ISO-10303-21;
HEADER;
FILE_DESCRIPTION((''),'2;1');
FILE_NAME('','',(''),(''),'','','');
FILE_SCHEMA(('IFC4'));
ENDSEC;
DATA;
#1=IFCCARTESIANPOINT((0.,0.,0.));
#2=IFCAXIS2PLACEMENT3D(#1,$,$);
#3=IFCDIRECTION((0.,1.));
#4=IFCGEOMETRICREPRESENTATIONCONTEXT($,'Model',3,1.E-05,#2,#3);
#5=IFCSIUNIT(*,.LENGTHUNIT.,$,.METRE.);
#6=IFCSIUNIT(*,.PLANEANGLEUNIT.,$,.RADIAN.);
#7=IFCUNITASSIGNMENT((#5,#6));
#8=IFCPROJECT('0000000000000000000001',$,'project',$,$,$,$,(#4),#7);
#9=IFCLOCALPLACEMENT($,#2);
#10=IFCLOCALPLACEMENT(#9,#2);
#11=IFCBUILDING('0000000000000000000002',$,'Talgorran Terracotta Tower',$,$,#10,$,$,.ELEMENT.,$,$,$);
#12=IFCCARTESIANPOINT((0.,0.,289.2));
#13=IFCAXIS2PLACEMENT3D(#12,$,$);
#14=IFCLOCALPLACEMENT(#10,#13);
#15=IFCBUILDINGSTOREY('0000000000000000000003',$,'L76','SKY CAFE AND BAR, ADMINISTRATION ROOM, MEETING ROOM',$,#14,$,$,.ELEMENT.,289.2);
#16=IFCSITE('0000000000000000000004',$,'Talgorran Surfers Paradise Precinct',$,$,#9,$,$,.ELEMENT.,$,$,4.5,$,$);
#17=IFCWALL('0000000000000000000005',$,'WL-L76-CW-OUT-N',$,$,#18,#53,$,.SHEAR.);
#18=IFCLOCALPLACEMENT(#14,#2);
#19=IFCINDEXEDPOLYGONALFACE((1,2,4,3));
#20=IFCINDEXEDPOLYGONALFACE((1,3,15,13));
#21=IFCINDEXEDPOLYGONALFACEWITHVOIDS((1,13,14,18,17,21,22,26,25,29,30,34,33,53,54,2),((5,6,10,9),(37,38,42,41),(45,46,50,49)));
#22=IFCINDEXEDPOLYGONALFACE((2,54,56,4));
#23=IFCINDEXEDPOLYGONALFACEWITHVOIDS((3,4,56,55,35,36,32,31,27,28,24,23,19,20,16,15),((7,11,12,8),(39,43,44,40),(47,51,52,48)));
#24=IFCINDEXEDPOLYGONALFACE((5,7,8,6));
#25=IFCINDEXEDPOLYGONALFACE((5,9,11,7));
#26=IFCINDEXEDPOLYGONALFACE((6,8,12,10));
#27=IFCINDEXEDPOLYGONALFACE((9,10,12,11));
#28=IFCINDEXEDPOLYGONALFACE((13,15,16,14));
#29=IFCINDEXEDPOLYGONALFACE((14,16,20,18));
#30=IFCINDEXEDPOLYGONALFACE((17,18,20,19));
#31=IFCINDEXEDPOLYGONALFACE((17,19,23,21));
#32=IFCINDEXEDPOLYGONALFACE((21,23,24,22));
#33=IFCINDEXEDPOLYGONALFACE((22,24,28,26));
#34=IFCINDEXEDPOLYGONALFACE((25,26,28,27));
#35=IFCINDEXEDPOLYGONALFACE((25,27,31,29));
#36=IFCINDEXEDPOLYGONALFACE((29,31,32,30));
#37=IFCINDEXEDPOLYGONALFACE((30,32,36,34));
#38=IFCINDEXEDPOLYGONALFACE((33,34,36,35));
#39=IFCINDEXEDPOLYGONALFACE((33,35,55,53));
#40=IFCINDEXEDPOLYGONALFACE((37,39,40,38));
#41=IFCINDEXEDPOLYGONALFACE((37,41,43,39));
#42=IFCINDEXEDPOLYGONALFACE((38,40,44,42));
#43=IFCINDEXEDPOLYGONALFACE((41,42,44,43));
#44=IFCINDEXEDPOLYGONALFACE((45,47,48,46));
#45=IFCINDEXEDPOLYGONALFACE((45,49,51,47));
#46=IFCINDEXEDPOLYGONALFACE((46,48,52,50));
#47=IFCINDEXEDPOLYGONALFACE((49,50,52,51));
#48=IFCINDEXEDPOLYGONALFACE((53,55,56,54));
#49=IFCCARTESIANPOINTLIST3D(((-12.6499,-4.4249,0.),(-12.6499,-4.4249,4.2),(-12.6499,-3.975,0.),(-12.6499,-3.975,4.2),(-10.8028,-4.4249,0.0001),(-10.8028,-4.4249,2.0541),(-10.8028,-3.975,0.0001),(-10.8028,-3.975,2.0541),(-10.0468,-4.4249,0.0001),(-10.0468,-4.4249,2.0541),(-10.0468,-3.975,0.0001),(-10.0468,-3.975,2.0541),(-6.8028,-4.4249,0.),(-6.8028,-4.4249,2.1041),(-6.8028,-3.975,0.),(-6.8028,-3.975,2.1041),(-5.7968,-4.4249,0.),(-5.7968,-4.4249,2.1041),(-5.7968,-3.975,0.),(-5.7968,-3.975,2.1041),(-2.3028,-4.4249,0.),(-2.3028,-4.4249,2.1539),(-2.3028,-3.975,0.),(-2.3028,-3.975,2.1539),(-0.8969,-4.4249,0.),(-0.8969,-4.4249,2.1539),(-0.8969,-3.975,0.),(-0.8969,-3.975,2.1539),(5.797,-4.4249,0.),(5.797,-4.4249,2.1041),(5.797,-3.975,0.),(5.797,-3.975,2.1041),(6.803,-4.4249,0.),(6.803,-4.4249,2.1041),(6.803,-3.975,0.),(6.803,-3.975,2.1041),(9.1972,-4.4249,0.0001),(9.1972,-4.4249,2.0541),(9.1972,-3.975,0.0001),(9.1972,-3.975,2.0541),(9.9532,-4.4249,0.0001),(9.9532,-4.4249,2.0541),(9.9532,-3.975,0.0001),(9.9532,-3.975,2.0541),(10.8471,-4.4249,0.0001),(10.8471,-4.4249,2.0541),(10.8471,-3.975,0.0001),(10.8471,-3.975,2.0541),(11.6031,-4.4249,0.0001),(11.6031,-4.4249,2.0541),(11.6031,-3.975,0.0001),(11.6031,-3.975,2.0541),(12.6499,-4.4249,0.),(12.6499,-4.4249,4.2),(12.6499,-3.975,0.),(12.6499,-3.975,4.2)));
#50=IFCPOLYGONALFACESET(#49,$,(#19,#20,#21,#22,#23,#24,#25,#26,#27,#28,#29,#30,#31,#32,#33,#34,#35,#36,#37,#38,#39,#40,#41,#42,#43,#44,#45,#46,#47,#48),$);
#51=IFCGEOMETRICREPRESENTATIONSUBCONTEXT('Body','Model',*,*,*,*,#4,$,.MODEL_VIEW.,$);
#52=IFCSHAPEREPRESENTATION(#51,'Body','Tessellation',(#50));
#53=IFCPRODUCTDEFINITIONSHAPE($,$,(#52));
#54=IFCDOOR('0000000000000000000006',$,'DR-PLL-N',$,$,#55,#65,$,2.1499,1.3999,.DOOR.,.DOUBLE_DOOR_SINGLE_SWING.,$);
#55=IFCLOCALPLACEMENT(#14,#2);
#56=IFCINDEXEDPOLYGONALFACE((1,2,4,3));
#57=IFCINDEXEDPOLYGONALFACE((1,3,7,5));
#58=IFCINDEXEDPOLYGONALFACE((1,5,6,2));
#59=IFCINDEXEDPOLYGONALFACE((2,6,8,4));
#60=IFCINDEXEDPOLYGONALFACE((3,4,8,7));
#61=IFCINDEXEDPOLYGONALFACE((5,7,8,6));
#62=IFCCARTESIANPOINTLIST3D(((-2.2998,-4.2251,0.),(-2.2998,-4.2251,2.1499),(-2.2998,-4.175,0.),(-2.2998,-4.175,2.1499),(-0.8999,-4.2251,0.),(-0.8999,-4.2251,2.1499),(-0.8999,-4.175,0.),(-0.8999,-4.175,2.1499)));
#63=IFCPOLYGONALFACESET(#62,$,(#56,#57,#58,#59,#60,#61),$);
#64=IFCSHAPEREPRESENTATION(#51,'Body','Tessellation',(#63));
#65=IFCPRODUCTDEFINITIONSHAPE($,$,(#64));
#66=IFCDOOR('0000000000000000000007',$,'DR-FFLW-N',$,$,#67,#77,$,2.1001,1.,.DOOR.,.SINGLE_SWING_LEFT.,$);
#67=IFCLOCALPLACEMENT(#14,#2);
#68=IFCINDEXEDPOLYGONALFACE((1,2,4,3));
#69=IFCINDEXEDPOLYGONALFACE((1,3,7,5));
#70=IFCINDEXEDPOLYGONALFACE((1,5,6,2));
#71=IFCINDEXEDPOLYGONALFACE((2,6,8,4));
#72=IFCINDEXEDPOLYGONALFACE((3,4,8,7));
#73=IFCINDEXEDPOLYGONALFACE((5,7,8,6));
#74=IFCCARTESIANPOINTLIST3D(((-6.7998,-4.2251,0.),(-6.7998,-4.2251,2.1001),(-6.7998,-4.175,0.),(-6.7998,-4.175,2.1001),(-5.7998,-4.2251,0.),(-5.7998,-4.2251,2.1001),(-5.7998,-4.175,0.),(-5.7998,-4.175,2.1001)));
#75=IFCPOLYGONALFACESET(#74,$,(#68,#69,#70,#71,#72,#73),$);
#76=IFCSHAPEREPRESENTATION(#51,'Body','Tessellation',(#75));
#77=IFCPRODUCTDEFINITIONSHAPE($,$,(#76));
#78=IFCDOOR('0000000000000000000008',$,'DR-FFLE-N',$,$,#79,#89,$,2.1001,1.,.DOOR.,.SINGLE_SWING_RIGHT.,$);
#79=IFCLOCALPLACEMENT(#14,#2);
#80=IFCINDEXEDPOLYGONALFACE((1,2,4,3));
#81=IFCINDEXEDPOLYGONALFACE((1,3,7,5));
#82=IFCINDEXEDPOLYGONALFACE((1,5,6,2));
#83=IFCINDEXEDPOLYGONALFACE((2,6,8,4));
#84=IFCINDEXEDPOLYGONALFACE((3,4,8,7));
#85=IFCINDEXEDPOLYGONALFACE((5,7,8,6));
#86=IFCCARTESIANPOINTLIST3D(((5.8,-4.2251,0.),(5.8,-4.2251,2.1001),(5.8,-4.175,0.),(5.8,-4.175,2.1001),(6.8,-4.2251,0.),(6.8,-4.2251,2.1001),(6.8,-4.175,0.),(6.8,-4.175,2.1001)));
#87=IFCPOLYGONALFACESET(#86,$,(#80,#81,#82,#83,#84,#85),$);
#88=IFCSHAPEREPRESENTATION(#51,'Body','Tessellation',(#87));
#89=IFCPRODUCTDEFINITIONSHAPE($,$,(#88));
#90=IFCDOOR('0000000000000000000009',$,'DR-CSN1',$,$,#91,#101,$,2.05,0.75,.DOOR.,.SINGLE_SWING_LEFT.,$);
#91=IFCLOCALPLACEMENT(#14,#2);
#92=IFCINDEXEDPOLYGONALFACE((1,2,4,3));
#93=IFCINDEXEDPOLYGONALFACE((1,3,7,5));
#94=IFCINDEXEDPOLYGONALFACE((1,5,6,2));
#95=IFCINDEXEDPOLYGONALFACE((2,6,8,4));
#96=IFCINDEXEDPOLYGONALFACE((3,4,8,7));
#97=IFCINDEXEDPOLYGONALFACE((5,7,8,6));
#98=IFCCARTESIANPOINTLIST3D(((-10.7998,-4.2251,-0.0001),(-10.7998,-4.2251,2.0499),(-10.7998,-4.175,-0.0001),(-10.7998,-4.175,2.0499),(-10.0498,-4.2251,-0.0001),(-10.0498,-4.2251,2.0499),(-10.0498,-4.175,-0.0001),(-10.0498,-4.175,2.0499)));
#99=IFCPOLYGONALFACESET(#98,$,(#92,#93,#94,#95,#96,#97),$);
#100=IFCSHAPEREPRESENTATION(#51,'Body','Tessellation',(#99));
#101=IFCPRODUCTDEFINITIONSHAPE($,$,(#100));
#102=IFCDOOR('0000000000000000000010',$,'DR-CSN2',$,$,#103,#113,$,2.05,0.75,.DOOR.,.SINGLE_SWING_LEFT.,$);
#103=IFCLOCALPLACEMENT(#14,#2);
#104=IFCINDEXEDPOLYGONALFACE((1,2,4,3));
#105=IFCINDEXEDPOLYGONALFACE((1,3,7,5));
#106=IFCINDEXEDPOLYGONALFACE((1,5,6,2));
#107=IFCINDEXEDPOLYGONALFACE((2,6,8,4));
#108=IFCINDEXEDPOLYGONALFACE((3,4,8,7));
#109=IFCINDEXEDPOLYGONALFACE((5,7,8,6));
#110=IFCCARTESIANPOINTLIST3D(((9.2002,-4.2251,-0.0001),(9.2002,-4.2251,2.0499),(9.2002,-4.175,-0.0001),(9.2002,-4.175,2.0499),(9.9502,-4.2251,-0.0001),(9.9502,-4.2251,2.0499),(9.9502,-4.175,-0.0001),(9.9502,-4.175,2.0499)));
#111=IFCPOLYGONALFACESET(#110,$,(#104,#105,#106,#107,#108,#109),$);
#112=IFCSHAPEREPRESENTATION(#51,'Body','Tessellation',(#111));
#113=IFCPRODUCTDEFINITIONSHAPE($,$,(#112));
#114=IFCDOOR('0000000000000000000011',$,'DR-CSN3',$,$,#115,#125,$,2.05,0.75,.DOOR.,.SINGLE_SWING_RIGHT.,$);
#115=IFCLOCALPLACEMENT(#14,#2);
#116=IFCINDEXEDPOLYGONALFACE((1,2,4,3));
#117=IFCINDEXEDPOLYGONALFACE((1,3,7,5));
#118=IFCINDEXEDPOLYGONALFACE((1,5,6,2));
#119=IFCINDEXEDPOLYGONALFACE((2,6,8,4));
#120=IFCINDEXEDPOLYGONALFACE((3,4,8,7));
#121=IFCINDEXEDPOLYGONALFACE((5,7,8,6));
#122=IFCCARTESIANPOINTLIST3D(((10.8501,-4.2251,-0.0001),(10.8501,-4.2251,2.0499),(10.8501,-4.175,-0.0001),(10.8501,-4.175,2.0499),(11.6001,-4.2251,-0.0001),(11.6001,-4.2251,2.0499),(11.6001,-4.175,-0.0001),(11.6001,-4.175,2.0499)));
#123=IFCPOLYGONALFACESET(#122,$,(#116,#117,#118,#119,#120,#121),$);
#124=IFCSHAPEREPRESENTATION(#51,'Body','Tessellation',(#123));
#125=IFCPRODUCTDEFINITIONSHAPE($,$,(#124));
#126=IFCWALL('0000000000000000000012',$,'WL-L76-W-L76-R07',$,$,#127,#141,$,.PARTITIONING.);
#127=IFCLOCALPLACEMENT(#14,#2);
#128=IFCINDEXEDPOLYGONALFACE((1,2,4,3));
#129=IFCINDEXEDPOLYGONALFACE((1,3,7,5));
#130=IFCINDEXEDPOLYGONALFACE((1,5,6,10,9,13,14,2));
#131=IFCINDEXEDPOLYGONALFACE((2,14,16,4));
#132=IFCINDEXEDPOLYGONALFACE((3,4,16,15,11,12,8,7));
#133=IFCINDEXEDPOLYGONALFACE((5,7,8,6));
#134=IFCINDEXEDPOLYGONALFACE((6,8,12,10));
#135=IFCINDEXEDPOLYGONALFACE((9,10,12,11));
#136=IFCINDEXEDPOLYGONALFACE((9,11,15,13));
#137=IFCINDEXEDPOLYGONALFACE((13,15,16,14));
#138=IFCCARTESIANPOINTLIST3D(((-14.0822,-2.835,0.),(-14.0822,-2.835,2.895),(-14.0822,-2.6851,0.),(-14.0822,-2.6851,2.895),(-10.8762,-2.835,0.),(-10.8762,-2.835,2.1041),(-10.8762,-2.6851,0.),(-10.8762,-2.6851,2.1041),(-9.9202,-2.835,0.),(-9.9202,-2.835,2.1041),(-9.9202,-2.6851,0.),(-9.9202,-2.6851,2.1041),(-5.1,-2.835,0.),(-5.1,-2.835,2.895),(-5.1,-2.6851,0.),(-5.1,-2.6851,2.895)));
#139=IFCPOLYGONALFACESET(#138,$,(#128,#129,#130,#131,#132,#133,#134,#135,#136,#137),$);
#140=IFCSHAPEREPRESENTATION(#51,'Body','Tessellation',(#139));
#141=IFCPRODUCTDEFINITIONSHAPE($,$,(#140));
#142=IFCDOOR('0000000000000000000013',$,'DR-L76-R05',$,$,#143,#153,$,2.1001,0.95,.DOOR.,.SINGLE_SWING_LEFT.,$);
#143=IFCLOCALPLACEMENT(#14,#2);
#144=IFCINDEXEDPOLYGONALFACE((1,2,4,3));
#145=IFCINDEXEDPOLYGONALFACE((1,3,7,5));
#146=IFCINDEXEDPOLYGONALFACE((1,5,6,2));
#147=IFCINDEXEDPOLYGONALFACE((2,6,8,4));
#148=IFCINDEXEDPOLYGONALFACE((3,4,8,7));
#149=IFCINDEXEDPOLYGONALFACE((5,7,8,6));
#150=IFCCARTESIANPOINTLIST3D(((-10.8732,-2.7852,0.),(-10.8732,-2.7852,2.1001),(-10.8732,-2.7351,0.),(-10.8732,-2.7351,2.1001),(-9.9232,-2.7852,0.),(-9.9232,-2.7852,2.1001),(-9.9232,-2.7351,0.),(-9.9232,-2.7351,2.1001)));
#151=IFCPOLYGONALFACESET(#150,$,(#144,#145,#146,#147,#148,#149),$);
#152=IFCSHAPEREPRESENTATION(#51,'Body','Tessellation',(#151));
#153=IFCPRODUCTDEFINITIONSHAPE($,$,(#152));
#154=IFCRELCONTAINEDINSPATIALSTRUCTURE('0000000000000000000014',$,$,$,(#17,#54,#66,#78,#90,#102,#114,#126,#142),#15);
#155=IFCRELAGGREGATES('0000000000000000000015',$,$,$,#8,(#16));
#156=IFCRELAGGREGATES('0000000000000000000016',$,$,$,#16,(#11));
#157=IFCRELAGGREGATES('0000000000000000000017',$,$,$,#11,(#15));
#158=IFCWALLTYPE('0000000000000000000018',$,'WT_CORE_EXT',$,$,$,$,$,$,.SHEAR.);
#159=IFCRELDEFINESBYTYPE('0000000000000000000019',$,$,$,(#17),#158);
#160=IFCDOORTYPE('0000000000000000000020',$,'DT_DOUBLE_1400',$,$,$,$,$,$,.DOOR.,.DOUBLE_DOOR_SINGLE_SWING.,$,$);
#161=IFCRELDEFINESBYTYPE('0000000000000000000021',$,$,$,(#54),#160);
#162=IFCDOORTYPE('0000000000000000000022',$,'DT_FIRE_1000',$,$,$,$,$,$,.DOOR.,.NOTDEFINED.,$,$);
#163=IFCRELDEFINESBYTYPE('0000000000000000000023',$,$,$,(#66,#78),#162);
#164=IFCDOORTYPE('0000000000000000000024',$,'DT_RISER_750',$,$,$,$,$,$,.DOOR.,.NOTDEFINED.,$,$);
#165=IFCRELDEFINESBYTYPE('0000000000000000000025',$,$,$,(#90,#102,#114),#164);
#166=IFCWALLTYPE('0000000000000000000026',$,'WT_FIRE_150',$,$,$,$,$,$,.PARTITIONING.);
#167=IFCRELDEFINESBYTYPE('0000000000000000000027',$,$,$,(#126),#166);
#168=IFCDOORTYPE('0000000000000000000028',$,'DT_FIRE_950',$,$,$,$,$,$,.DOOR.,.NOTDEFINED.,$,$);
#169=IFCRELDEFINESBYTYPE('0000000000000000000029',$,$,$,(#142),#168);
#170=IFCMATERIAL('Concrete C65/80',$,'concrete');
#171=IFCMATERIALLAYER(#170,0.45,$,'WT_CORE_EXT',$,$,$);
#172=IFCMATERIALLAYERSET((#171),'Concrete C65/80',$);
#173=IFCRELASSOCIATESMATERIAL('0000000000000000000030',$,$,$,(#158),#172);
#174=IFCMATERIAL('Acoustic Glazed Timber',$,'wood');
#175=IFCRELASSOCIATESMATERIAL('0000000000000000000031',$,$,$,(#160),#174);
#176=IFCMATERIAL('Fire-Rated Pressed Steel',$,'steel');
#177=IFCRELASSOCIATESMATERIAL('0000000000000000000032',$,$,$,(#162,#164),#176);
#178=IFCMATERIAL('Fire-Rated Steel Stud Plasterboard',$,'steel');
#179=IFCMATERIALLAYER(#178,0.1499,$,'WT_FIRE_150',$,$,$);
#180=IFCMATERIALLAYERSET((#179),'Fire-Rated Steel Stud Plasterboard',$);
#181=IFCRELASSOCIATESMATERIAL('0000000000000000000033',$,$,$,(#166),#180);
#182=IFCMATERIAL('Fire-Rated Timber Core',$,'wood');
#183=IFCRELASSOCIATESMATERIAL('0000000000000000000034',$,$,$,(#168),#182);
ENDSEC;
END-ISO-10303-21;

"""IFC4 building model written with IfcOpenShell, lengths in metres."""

from ifc_helpers import new_model, si_unit, direction, frame, frame_2d, origin, place, context, subcontext, project, spatial, rectangle, extrude, material, layer, layer_set, type_object, element, fill, save


model = new_model("IFC4")

# Units and contexts
model_context = context("Model", 3, precision=1e-05, world=origin(), true_north=direction((0.0, 1.0)))
body_context = subcontext(model_context, "Body", "Model", "MODEL_VIEW")
ifc_project = project(units=[si_unit("LENGTHUNIT", "METRE"), si_unit("PLANEANGLEUNIT", "RADIAN")], contexts=[model_context])

# Site, building, storey
site_placement = place(None, origin())
site = spatial("IfcSite", under=ifc_project, at=site_placement, Name="Talgorran Surfers Paradise Precinct", CompositionType="ELEMENT", RefElevation=4.5)
building_placement = place(site_placement, origin())
building = spatial("IfcBuilding", under=site, at=building_placement, Name="Talgorran Terracotta Tower", CompositionType="ELEMENT")
storey_placement = place(building_placement, frame((0.0, 0.0, 289.2)))
storey = spatial("IfcBuildingStorey", under=building, at=storey_placement, Name="L76", Description="SKY CAFE AND BAR, ADMINISTRATION ROOM, MEETING ROOM", CompositionType="ELEMENT", Elevation=289.2)

# Wall, openings, doors
ifc_material_1 = material(Name="Concrete C65/80", Category="concrete")
ifc_layer_1 = layer(ifc_material_1, 0.45, Name="WT_CORE_EXT")
ifc_layer_set_1 = layer_set([ifc_layer_1], Name="Concrete C65/80")
wall_type_1 = type_object("IfcWallType", Name="WT_CORE_EXT", PredefinedType="SHEAR", material=ifc_layer_set_1)
wall_1_placement = place(storey_placement, frame((-12.6499, -4.2, 0.0), z_axis=(0.0, 0.0, 1.0), x_axis=(1.0, 0.0, 0.0)))
wall_1 = element("IfcWall", 1, at=wall_1_placement, inside=storey, type_object=wall_type_1, Name="WL-L76-CW-OUT-N", PredefinedType="SHEAR", context=body_context, shape_type="SweptSolid", body=[
    extrude(rectangle(XDim=25.2998, YDim=0.45, at=frame_2d((12.6499, 0.0))), origin(), (0.0, 0.0, 1.0), 4.2),
])
opening_1_placement = place(wall_1_placement, frame((1.8501, 0.0, 0.0)))
opening_1 = element("IfcOpeningElement", 2, at=opening_1_placement, cuts=wall_1, PredefinedType="OPENING", context=body_context, shape_type="SweptSolid", body=[
    extrude(rectangle(XDim=0.756, YDim=2.054, at=frame_2d((0.375, 1.0271))), frame((0.0, 0.2349, 0.0), z_axis=(0.0, -1.0, 0.0), x_axis=(1.0, 0.0, 0.0)), (0.0, 0.0, 1.0), 0.47),
])
opening_2_placement = place(wall_1_placement, frame((21.8501, 0.0, 0.0)))
opening_2 = element("IfcOpeningElement", 3, at=opening_2_placement, cuts=wall_1, PredefinedType="OPENING", context=body_context, shape_type="SweptSolid", body=[
    extrude(rectangle(XDim=0.756, YDim=2.054, at=frame_2d((0.375, 1.0271))), frame((0.0, 0.2349, 0.0), z_axis=(0.0, -1.0, 0.0), x_axis=(1.0, 0.0, 0.0)), (0.0, 0.0, 1.0), 0.47),
])
opening_3_placement = place(wall_1_placement, frame((23.5, 0.0, 0.0)))
opening_3 = element("IfcOpeningElement", 4, at=opening_3_placement, cuts=wall_1, PredefinedType="OPENING", context=body_context, shape_type="SweptSolid", body=[
    extrude(rectangle(XDim=0.756, YDim=2.054, at=frame_2d((0.375, 1.0271))), frame((0.0, 0.2349, 0.0), z_axis=(0.0, -1.0, 0.0), x_axis=(1.0, 0.0, 0.0)), (0.0, 0.0, 1.0), 0.47),
])
opening_4_placement = place(wall_1_placement, frame((5.8501, 0.0, 0.0)))
opening_4 = element("IfcOpeningElement", 5, at=opening_4_placement, cuts=wall_1, PredefinedType="OPENING", context=body_context, shape_type="SweptSolid", body=[
    extrude(rectangle(XDim=1.006, YDim=2.1041, at=frame_2d((0.5, 1.052))), frame((0.0, 0.2349, 0.0), z_axis=(0.0, -1.0, 0.0), x_axis=(1.0, 0.0, 0.0)), (0.0, 0.0, 1.0), 0.47),
])
opening_5_placement = place(wall_1_placement, frame((10.3501, 0.0, 0.0)))
opening_5 = element("IfcOpeningElement", 6, at=opening_5_placement, cuts=wall_1, PredefinedType="OPENING", context=body_context, shape_type="SweptSolid", body=[
    extrude(rectangle(XDim=1.4059, YDim=2.1539, at=frame_2d((0.7, 1.0769))), frame((0.0, 0.2349, 0.0), z_axis=(0.0, -1.0, 0.0), x_axis=(1.0, 0.0, 0.0)), (0.0, 0.0, 1.0), 0.47),
])
opening_6_placement = place(wall_1_placement, frame((18.45, 0.0, 0.0)))
opening_6 = element("IfcOpeningElement", 7, at=opening_6_placement, cuts=wall_1, PredefinedType="OPENING", context=body_context, shape_type="SweptSolid", body=[
    extrude(rectangle(XDim=1.006, YDim=2.1041, at=frame_2d((0.5, 1.052))), frame((0.0, 0.2349, 0.0), z_axis=(0.0, -1.0, 0.0), x_axis=(1.0, 0.0, 0.0)), (0.0, 0.0, 1.0), 0.47),
])
ifc_material_2 = material(Name="Acoustic Glazed Timber", Category="wood")
door_type_1 = type_object("IfcDoorType", Name="DT_DOUBLE_1400", OperationType="DOUBLE_DOOR_SINGLE_SWING", PredefinedType="DOOR", material=ifc_material_2)
door_1_placement = place(opening_5_placement, origin())
door_1 = element("IfcDoor", 8, at=door_1_placement, inside=storey, type_object=door_type_1, Name="DR-PLL-N", OperationType="DOUBLE_DOOR_SINGLE_SWING", OverallHeight=2.1499, OverallWidth=1.3999, PredefinedType="DOOR", context=body_context, shape_type="SweptSolid", body=[
    extrude(rectangle(XDim=1.3999, YDim=2.1499, at=frame_2d((0.7, 1.075))), frame((0.0, 0.0249, 0.0), z_axis=(0.0, -1.0, 0.0), x_axis=(1.0, 0.0, 0.0)), (0.0, 0.0, 1.0), 0.05),
])
fill(opening_5, door_1)
ifc_material_3 = material(Name="Fire-Rated Pressed Steel", Category="steel")
door_type_2 = type_object("IfcDoorType", Name="DT_FIRE_1000", OperationType="NOTDEFINED", PredefinedType="DOOR", material=ifc_material_3)
door_2_placement = place(opening_4_placement, origin())
door_2 = element("IfcDoor", 9, at=door_2_placement, inside=storey, type_object=door_type_2, Name="DR-FFLW-N", OperationType="SINGLE_SWING_LEFT", OverallHeight=2.1001, OverallWidth=1.0, PredefinedType="DOOR", context=body_context, shape_type="SweptSolid", body=[
    extrude(rectangle(XDim=1.0, YDim=2.1001, at=frame_2d((0.5, 1.05))), frame((0.0, 0.0249, 0.0), z_axis=(0.0, -1.0, 0.0), x_axis=(1.0, 0.0, 0.0)), (0.0, 0.0, 1.0), 0.05),
])
fill(opening_4, door_2)
door_3_placement = place(opening_6_placement, origin())
door_3 = element("IfcDoor", 10, at=door_3_placement, inside=storey, type_object=door_type_2, Name="DR-FFLE-N", OperationType="SINGLE_SWING_RIGHT", OverallHeight=2.1001, OverallWidth=1.0, PredefinedType="DOOR", context=body_context, shape_type="SweptSolid", body=[
    extrude(rectangle(XDim=1.0, YDim=2.1001, at=frame_2d((0.5, 1.05))), frame((0.0, 0.0249, 0.0), z_axis=(0.0, -1.0, 0.0), x_axis=(1.0, 0.0, 0.0)), (0.0, 0.0, 1.0), 0.05),
])
fill(opening_6, door_3)
door_type_3 = type_object("IfcDoorType", Name="DT_RISER_750", OperationType="NOTDEFINED", PredefinedType="DOOR", material=ifc_material_3)
door_4_placement = place(opening_1_placement, origin())
door_4 = element("IfcDoor", 11, at=door_4_placement, inside=storey, type_object=door_type_3, Name="DR-CSN1", OperationType="SINGLE_SWING_LEFT", OverallHeight=2.05, OverallWidth=0.75, PredefinedType="DOOR", context=body_context, shape_type="SweptSolid", body=[
    extrude(rectangle(XDim=0.75, YDim=2.05, at=frame_2d((0.375, 1.0249))), frame((0.0, 0.0249, 0.0), z_axis=(0.0, -1.0, 0.0), x_axis=(1.0, 0.0, 0.0)), (0.0, 0.0, 1.0), 0.05),
])
fill(opening_1, door_4)
door_5_placement = place(opening_2_placement, origin())
door_5 = element("IfcDoor", 12, at=door_5_placement, inside=storey, type_object=door_type_3, Name="DR-CSN2", OperationType="SINGLE_SWING_LEFT", OverallHeight=2.05, OverallWidth=0.75, PredefinedType="DOOR", context=body_context, shape_type="SweptSolid", body=[
    extrude(rectangle(XDim=0.75, YDim=2.05, at=frame_2d((0.375, 1.0249))), frame((0.0, 0.0249, 0.0), z_axis=(0.0, -1.0, 0.0), x_axis=(1.0, 0.0, 0.0)), (0.0, 0.0, 1.0), 0.05),
])
fill(opening_2, door_5)
door_6_placement = place(opening_3_placement, origin())
door_6 = element("IfcDoor", 13, at=door_6_placement, inside=storey, type_object=door_type_3, Name="DR-CSN3", OperationType="SINGLE_SWING_RIGHT", OverallHeight=2.05, OverallWidth=0.75, PredefinedType="DOOR", context=body_context, shape_type="SweptSolid", body=[
    extrude(rectangle(XDim=0.75, YDim=2.05, at=frame_2d((0.375, 1.0249))), frame((0.0, 0.0249, 0.0), z_axis=(0.0, -1.0, 0.0), x_axis=(1.0, 0.0, 0.0)), (0.0, 0.0, 1.0), 0.05),
])
fill(opening_3, door_6)

# Wall, opening, door
ifc_material_4 = material(Name="Fire-Rated Steel Stud Plasterboard", Category="steel")
ifc_layer_2 = layer(ifc_material_4, 0.1499, Name="WT_FIRE_150")
ifc_layer_set_2 = layer_set([ifc_layer_2], Name="Fire-Rated Steel Stud Plasterboard")
wall_type_2 = type_object("IfcWallType", Name="WT_FIRE_150", PredefinedType="PARTITIONING", material=ifc_layer_set_2)
wall_2_placement = place(storey_placement, frame((-14.0823, -2.76, 0.0), z_axis=(0.0, 0.0, 1.0), x_axis=(1.0, 0.0, 0.0)))
wall_2 = element("IfcWall", 14, at=wall_2_placement, inside=storey, type_object=wall_type_2, Name="WL-L76-W-L76-R07", PredefinedType="PARTITIONING", context=body_context, shape_type="SweptSolid", body=[
    extrude(rectangle(XDim=8.9822, YDim=0.1499, at=frame_2d((4.4912, 0.0))), origin(), (0.0, 0.0, 1.0), 2.895),
])
opening_7_placement = place(wall_2_placement, frame((3.209, 0.0, 0.0)))
opening_7 = element("IfcOpeningElement", 15, at=opening_7_placement, cuts=wall_2, PredefinedType="OPENING", context=body_context, shape_type="SweptSolid", body=[
    extrude(rectangle(XDim=0.956, YDim=2.1041, at=frame_2d((0.4751, 1.052))), frame((0.0, 0.085, 0.0), z_axis=(0.0, -1.0, 0.0), x_axis=(1.0, 0.0, 0.0)), (0.0, 0.0, 1.0), 0.1699),
])
ifc_material_5 = material(Name="Fire-Rated Timber Core", Category="wood")
door_type_4 = type_object("IfcDoorType", Name="DT_FIRE_950", OperationType="NOTDEFINED", PredefinedType="DOOR", material=ifc_material_5)
door_7_placement = place(opening_7_placement, origin())
door_7 = element("IfcDoor", 16, at=door_7_placement, inside=storey, type_object=door_type_4, Name="DR-L76-R05", OperationType="SINGLE_SWING_LEFT", OverallHeight=2.1001, OverallWidth=0.95, PredefinedType="DOOR", context=body_context, shape_type="SweptSolid", body=[
    extrude(rectangle(XDim=0.95, YDim=2.1001, at=frame_2d((0.4751, 1.05))), frame((0.0, 0.0249, 0.0), z_axis=(0.0, -1.0, 0.0), x_axis=(1.0, 0.0, 0.0)), (0.0, 0.0, 1.0), 0.05),
])
fill(opening_7, door_7)

save(model, "model.ifc")
